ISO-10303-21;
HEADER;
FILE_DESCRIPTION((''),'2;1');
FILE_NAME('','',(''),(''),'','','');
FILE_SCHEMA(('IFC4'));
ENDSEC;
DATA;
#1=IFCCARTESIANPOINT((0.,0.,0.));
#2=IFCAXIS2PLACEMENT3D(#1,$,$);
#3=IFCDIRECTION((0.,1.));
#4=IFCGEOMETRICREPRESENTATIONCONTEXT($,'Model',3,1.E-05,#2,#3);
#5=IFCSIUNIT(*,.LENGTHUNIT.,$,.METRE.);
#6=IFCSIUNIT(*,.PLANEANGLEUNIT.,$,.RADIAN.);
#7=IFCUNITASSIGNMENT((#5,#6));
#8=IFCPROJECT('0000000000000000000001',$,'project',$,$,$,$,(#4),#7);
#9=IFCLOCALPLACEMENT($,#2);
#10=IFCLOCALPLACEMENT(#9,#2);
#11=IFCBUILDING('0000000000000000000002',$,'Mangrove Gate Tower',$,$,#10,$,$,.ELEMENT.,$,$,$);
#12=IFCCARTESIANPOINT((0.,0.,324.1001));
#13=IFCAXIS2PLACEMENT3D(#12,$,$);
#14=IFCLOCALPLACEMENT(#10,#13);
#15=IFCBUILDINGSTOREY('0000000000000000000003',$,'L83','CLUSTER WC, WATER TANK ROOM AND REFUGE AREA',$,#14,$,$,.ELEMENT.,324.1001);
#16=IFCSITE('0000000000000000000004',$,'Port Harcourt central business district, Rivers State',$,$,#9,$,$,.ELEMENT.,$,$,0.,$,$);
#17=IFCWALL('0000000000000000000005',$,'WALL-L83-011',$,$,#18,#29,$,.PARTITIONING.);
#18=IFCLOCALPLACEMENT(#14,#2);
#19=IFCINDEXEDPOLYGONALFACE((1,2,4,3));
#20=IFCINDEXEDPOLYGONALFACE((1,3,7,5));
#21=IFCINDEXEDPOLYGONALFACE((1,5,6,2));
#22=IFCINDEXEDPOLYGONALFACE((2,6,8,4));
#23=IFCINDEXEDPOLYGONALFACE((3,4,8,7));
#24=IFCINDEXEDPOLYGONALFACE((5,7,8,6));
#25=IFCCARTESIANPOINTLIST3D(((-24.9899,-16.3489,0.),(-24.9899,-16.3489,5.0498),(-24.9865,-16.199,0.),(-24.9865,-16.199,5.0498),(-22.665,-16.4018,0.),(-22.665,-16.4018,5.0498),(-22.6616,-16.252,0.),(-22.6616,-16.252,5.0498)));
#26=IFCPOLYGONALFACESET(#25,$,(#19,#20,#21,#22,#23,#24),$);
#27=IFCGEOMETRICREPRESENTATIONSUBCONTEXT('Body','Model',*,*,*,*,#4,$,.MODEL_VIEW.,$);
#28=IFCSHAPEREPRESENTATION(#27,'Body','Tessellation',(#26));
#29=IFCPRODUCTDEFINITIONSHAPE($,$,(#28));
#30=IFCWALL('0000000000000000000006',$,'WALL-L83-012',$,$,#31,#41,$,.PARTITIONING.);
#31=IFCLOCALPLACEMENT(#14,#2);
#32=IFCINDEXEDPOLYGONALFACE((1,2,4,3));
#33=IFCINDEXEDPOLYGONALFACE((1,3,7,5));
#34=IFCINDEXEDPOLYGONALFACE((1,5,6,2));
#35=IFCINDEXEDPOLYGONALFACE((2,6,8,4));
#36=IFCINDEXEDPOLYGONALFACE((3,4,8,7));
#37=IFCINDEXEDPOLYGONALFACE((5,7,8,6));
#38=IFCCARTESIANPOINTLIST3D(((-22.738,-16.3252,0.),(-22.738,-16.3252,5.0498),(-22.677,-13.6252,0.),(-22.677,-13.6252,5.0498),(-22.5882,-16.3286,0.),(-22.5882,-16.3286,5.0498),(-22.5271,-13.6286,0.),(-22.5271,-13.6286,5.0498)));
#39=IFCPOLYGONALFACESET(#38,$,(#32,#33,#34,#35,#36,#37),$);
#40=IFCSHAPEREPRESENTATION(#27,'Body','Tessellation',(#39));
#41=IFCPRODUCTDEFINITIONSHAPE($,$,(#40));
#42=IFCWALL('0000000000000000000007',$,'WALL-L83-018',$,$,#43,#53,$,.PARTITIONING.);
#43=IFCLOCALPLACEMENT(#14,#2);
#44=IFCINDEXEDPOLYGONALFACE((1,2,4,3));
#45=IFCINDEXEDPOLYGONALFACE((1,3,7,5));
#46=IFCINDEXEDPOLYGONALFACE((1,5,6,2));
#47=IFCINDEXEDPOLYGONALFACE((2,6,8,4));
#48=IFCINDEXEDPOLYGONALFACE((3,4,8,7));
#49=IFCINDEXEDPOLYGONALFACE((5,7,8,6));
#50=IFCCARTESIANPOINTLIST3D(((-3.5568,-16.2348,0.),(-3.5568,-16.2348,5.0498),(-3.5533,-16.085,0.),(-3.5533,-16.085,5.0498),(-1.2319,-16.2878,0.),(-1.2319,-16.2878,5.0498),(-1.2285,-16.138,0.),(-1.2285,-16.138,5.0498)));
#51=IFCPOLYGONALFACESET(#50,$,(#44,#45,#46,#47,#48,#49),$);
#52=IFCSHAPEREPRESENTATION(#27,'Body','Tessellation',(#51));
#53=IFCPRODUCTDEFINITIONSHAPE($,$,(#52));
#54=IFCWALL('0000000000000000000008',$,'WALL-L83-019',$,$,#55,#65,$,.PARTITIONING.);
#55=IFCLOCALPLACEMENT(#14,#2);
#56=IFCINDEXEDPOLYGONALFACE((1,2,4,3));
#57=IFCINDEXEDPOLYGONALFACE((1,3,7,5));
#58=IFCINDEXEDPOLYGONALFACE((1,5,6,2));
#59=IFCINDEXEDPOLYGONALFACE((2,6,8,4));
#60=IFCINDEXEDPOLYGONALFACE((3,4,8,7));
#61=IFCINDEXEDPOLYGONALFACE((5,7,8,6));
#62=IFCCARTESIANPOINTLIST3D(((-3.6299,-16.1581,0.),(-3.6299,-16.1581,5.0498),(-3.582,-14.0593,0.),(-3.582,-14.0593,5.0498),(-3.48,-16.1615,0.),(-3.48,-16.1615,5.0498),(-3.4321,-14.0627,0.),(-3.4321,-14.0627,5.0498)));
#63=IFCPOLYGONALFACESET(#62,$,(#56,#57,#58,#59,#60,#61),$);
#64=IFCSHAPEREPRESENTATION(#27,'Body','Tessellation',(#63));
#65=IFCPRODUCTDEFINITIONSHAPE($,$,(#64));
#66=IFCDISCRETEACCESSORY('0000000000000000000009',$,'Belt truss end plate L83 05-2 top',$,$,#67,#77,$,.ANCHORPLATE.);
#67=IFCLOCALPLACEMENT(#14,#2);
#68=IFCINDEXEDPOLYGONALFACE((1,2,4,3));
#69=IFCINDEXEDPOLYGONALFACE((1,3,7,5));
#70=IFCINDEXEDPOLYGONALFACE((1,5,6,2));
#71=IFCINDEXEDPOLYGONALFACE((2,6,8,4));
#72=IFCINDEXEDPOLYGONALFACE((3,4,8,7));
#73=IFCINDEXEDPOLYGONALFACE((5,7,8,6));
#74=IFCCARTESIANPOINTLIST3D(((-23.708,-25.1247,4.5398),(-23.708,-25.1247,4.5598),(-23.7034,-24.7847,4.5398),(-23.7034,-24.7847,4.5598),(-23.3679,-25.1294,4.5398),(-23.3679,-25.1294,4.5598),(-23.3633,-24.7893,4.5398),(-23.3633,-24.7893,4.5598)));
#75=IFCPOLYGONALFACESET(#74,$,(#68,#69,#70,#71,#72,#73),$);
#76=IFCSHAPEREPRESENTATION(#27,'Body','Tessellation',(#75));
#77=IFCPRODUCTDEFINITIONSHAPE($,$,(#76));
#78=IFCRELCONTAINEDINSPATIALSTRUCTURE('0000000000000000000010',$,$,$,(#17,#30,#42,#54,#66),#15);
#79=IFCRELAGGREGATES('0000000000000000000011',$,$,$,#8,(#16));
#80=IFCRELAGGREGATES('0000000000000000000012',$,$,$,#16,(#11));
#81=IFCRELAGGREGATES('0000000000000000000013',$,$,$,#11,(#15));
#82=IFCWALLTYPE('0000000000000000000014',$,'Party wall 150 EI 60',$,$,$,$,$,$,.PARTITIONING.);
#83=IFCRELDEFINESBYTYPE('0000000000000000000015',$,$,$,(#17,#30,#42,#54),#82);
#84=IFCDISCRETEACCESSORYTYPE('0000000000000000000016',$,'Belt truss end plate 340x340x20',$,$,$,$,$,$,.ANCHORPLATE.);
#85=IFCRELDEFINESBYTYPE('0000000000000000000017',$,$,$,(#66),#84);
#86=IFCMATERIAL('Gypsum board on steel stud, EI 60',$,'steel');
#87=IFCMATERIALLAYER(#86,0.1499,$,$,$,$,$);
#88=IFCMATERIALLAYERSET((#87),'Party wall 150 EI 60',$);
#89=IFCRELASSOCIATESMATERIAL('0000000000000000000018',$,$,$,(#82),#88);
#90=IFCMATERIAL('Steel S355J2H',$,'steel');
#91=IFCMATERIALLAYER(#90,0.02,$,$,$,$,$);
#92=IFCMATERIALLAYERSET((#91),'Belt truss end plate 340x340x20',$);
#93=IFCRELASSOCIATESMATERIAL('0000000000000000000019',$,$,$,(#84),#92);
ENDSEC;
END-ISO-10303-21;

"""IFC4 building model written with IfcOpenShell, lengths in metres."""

from ifc_helpers import new_model, si_unit, direction, frame, frame_2d, origin, origin_2d, place, context, subcontext, project, spatial, rectangle, extrude, material, layer, layer_set, type_object, element, save


model = new_model("IFC4")

# Units and contexts
model_context = context("Model", 3, precision=1e-05, world=origin(), true_north=direction((0.0, 1.0)))
body_context = subcontext(model_context, "Body", "Model", "MODEL_VIEW")
ifc_project = project(units=[si_unit("LENGTHUNIT", "METRE"), si_unit("PLANEANGLEUNIT", "RADIAN")], contexts=[model_context])

# Site, building, storey
site_placement = place(None, origin())
site = spatial("IfcSite", under=ifc_project, at=site_placement, Name="Port Harcourt central business district, Rivers State", CompositionType="ELEMENT", RefElevation=0.0)
building_placement = place(site_placement, origin())
building = spatial("IfcBuilding", under=site, at=building_placement, Name="Mangrove Gate Tower", CompositionType="ELEMENT")
storey_placement = place(building_placement, frame((0.0, 0.0, 324.1001)))
storey = spatial("IfcBuildingStorey", under=building, at=storey_placement, Name="L83", Description="CLUSTER WC, WATER TANK ROOM AND REFUGE AREA", CompositionType="ELEMENT", Elevation=324.1001)

# Walls
ifc_material_1 = material(Name="Gypsum board on steel stud, EI 60", Category="steel")
ifc_layer_1 = layer(ifc_material_1, 0.1499)
ifc_layer_set_1 = layer_set([ifc_layer_1], Name="Party wall 150 EI 60")
wall_type_1 = type_object("IfcWallType", Name="Party wall 150 EI 60", PredefinedType="PARTITIONING", material=ifc_layer_set_1)
wall_1_placement = place(storey_placement, frame((-24.988, -16.2739, 0.0), z_axis=(0.0, 0.0, 1.0), x_axis=(0.99974, -0.022781, 0.0)))
element("IfcWall", 1, at=wall_1_placement, inside=storey, type_object=wall_type_1, Name="WALL-L83-011", PredefinedType="PARTITIONING", context=body_context, shape_type="SweptSolid", body=[
    extrude(rectangle(XDim=2.3254, YDim=0.1499, at=frame_2d((1.1626, 0.0))), origin(), (0.0, 0.0, 1.0), 5.0498),
])
wall_2_placement = place(storey_placement, frame((-22.6631, -16.3269, 0.0), z_axis=(0.0, 0.0, 1.0), x_axis=(0.0226, 0.999745, 0.0)))
element("IfcWall", 2, at=wall_2_placement, inside=storey, type_object=wall_type_1, Name="WALL-L83-012", PredefinedType="PARTITIONING", context=body_context, shape_type="SweptSolid", body=[
    extrude(rectangle(XDim=2.7007, YDim=0.1499, at=frame_2d((1.3503, 0.0))), origin(), (0.0, 0.0, 1.0), 5.0498),
])
wall_3_placement = place(storey_placement, frame((-3.5549, -16.1599, 0.0), z_axis=(0.0, 0.0, 1.0), x_axis=(0.99974, -0.022781, 0.0)))
element("IfcWall", 3, at=wall_3_placement, inside=storey, type_object=wall_type_1, Name="WALL-L83-018", PredefinedType="PARTITIONING", context=body_context, shape_type="SweptSolid", body=[
    extrude(rectangle(XDim=2.3254, YDim=0.1499, at=frame_2d((1.1626, 0.0))), origin(), (0.0, 0.0, 1.0), 5.0498),
])
wall_4_placement = place(storey_placement, frame((-3.5549, -16.1599, 0.0), z_axis=(0.0, 0.0, 1.0), x_axis=(0.022793, 0.99974, 0.0)))
element("IfcWall", 4, at=wall_4_placement, inside=storey, type_object=wall_type_1, Name="WALL-L83-019", PredefinedType="PARTITIONING", context=body_context, shape_type="SweptSolid", body=[
    extrude(rectangle(XDim=2.0994, YDim=0.1499, at=frame_2d((1.0498, 0.0))), origin(), (0.0, 0.0, 1.0), 5.0498),
])

# Discrete accessory
ifc_material_2 = material(Name="Steel S355J2H", Category="steel")
ifc_layer_2 = layer(ifc_material_2, 0.02)
ifc_layer_set_2 = layer_set([ifc_layer_2], Name="Belt truss end plate 340x340x20")
discrete_accessory_type = type_object("IfcDiscreteAccessoryType", Name="Belt truss end plate 340x340x20", PredefinedType="ANCHORPLATE", material=ifc_layer_set_2)
discrete_accessory_placement = place(storey_placement, frame((-23.5356, -24.957, 4.5398), z_axis=(0.0, 0.0, 1.0), x_axis=(0.999907, -0.013639, 0.0)))
element("IfcDiscreteAccessory", 5, at=discrete_accessory_placement, inside=storey, type_object=discrete_accessory_type, Name="Belt truss end plate L83 05-2 top", PredefinedType="ANCHORPLATE", context=body_context, shape_type="SweptSolid", body=[
    extrude(rectangle(XDim=0.3401, YDim=0.3401, at=origin_2d()), origin(), (0.0, 0.0, 1.0), 0.02),
])

save(model, "model.ifc")
